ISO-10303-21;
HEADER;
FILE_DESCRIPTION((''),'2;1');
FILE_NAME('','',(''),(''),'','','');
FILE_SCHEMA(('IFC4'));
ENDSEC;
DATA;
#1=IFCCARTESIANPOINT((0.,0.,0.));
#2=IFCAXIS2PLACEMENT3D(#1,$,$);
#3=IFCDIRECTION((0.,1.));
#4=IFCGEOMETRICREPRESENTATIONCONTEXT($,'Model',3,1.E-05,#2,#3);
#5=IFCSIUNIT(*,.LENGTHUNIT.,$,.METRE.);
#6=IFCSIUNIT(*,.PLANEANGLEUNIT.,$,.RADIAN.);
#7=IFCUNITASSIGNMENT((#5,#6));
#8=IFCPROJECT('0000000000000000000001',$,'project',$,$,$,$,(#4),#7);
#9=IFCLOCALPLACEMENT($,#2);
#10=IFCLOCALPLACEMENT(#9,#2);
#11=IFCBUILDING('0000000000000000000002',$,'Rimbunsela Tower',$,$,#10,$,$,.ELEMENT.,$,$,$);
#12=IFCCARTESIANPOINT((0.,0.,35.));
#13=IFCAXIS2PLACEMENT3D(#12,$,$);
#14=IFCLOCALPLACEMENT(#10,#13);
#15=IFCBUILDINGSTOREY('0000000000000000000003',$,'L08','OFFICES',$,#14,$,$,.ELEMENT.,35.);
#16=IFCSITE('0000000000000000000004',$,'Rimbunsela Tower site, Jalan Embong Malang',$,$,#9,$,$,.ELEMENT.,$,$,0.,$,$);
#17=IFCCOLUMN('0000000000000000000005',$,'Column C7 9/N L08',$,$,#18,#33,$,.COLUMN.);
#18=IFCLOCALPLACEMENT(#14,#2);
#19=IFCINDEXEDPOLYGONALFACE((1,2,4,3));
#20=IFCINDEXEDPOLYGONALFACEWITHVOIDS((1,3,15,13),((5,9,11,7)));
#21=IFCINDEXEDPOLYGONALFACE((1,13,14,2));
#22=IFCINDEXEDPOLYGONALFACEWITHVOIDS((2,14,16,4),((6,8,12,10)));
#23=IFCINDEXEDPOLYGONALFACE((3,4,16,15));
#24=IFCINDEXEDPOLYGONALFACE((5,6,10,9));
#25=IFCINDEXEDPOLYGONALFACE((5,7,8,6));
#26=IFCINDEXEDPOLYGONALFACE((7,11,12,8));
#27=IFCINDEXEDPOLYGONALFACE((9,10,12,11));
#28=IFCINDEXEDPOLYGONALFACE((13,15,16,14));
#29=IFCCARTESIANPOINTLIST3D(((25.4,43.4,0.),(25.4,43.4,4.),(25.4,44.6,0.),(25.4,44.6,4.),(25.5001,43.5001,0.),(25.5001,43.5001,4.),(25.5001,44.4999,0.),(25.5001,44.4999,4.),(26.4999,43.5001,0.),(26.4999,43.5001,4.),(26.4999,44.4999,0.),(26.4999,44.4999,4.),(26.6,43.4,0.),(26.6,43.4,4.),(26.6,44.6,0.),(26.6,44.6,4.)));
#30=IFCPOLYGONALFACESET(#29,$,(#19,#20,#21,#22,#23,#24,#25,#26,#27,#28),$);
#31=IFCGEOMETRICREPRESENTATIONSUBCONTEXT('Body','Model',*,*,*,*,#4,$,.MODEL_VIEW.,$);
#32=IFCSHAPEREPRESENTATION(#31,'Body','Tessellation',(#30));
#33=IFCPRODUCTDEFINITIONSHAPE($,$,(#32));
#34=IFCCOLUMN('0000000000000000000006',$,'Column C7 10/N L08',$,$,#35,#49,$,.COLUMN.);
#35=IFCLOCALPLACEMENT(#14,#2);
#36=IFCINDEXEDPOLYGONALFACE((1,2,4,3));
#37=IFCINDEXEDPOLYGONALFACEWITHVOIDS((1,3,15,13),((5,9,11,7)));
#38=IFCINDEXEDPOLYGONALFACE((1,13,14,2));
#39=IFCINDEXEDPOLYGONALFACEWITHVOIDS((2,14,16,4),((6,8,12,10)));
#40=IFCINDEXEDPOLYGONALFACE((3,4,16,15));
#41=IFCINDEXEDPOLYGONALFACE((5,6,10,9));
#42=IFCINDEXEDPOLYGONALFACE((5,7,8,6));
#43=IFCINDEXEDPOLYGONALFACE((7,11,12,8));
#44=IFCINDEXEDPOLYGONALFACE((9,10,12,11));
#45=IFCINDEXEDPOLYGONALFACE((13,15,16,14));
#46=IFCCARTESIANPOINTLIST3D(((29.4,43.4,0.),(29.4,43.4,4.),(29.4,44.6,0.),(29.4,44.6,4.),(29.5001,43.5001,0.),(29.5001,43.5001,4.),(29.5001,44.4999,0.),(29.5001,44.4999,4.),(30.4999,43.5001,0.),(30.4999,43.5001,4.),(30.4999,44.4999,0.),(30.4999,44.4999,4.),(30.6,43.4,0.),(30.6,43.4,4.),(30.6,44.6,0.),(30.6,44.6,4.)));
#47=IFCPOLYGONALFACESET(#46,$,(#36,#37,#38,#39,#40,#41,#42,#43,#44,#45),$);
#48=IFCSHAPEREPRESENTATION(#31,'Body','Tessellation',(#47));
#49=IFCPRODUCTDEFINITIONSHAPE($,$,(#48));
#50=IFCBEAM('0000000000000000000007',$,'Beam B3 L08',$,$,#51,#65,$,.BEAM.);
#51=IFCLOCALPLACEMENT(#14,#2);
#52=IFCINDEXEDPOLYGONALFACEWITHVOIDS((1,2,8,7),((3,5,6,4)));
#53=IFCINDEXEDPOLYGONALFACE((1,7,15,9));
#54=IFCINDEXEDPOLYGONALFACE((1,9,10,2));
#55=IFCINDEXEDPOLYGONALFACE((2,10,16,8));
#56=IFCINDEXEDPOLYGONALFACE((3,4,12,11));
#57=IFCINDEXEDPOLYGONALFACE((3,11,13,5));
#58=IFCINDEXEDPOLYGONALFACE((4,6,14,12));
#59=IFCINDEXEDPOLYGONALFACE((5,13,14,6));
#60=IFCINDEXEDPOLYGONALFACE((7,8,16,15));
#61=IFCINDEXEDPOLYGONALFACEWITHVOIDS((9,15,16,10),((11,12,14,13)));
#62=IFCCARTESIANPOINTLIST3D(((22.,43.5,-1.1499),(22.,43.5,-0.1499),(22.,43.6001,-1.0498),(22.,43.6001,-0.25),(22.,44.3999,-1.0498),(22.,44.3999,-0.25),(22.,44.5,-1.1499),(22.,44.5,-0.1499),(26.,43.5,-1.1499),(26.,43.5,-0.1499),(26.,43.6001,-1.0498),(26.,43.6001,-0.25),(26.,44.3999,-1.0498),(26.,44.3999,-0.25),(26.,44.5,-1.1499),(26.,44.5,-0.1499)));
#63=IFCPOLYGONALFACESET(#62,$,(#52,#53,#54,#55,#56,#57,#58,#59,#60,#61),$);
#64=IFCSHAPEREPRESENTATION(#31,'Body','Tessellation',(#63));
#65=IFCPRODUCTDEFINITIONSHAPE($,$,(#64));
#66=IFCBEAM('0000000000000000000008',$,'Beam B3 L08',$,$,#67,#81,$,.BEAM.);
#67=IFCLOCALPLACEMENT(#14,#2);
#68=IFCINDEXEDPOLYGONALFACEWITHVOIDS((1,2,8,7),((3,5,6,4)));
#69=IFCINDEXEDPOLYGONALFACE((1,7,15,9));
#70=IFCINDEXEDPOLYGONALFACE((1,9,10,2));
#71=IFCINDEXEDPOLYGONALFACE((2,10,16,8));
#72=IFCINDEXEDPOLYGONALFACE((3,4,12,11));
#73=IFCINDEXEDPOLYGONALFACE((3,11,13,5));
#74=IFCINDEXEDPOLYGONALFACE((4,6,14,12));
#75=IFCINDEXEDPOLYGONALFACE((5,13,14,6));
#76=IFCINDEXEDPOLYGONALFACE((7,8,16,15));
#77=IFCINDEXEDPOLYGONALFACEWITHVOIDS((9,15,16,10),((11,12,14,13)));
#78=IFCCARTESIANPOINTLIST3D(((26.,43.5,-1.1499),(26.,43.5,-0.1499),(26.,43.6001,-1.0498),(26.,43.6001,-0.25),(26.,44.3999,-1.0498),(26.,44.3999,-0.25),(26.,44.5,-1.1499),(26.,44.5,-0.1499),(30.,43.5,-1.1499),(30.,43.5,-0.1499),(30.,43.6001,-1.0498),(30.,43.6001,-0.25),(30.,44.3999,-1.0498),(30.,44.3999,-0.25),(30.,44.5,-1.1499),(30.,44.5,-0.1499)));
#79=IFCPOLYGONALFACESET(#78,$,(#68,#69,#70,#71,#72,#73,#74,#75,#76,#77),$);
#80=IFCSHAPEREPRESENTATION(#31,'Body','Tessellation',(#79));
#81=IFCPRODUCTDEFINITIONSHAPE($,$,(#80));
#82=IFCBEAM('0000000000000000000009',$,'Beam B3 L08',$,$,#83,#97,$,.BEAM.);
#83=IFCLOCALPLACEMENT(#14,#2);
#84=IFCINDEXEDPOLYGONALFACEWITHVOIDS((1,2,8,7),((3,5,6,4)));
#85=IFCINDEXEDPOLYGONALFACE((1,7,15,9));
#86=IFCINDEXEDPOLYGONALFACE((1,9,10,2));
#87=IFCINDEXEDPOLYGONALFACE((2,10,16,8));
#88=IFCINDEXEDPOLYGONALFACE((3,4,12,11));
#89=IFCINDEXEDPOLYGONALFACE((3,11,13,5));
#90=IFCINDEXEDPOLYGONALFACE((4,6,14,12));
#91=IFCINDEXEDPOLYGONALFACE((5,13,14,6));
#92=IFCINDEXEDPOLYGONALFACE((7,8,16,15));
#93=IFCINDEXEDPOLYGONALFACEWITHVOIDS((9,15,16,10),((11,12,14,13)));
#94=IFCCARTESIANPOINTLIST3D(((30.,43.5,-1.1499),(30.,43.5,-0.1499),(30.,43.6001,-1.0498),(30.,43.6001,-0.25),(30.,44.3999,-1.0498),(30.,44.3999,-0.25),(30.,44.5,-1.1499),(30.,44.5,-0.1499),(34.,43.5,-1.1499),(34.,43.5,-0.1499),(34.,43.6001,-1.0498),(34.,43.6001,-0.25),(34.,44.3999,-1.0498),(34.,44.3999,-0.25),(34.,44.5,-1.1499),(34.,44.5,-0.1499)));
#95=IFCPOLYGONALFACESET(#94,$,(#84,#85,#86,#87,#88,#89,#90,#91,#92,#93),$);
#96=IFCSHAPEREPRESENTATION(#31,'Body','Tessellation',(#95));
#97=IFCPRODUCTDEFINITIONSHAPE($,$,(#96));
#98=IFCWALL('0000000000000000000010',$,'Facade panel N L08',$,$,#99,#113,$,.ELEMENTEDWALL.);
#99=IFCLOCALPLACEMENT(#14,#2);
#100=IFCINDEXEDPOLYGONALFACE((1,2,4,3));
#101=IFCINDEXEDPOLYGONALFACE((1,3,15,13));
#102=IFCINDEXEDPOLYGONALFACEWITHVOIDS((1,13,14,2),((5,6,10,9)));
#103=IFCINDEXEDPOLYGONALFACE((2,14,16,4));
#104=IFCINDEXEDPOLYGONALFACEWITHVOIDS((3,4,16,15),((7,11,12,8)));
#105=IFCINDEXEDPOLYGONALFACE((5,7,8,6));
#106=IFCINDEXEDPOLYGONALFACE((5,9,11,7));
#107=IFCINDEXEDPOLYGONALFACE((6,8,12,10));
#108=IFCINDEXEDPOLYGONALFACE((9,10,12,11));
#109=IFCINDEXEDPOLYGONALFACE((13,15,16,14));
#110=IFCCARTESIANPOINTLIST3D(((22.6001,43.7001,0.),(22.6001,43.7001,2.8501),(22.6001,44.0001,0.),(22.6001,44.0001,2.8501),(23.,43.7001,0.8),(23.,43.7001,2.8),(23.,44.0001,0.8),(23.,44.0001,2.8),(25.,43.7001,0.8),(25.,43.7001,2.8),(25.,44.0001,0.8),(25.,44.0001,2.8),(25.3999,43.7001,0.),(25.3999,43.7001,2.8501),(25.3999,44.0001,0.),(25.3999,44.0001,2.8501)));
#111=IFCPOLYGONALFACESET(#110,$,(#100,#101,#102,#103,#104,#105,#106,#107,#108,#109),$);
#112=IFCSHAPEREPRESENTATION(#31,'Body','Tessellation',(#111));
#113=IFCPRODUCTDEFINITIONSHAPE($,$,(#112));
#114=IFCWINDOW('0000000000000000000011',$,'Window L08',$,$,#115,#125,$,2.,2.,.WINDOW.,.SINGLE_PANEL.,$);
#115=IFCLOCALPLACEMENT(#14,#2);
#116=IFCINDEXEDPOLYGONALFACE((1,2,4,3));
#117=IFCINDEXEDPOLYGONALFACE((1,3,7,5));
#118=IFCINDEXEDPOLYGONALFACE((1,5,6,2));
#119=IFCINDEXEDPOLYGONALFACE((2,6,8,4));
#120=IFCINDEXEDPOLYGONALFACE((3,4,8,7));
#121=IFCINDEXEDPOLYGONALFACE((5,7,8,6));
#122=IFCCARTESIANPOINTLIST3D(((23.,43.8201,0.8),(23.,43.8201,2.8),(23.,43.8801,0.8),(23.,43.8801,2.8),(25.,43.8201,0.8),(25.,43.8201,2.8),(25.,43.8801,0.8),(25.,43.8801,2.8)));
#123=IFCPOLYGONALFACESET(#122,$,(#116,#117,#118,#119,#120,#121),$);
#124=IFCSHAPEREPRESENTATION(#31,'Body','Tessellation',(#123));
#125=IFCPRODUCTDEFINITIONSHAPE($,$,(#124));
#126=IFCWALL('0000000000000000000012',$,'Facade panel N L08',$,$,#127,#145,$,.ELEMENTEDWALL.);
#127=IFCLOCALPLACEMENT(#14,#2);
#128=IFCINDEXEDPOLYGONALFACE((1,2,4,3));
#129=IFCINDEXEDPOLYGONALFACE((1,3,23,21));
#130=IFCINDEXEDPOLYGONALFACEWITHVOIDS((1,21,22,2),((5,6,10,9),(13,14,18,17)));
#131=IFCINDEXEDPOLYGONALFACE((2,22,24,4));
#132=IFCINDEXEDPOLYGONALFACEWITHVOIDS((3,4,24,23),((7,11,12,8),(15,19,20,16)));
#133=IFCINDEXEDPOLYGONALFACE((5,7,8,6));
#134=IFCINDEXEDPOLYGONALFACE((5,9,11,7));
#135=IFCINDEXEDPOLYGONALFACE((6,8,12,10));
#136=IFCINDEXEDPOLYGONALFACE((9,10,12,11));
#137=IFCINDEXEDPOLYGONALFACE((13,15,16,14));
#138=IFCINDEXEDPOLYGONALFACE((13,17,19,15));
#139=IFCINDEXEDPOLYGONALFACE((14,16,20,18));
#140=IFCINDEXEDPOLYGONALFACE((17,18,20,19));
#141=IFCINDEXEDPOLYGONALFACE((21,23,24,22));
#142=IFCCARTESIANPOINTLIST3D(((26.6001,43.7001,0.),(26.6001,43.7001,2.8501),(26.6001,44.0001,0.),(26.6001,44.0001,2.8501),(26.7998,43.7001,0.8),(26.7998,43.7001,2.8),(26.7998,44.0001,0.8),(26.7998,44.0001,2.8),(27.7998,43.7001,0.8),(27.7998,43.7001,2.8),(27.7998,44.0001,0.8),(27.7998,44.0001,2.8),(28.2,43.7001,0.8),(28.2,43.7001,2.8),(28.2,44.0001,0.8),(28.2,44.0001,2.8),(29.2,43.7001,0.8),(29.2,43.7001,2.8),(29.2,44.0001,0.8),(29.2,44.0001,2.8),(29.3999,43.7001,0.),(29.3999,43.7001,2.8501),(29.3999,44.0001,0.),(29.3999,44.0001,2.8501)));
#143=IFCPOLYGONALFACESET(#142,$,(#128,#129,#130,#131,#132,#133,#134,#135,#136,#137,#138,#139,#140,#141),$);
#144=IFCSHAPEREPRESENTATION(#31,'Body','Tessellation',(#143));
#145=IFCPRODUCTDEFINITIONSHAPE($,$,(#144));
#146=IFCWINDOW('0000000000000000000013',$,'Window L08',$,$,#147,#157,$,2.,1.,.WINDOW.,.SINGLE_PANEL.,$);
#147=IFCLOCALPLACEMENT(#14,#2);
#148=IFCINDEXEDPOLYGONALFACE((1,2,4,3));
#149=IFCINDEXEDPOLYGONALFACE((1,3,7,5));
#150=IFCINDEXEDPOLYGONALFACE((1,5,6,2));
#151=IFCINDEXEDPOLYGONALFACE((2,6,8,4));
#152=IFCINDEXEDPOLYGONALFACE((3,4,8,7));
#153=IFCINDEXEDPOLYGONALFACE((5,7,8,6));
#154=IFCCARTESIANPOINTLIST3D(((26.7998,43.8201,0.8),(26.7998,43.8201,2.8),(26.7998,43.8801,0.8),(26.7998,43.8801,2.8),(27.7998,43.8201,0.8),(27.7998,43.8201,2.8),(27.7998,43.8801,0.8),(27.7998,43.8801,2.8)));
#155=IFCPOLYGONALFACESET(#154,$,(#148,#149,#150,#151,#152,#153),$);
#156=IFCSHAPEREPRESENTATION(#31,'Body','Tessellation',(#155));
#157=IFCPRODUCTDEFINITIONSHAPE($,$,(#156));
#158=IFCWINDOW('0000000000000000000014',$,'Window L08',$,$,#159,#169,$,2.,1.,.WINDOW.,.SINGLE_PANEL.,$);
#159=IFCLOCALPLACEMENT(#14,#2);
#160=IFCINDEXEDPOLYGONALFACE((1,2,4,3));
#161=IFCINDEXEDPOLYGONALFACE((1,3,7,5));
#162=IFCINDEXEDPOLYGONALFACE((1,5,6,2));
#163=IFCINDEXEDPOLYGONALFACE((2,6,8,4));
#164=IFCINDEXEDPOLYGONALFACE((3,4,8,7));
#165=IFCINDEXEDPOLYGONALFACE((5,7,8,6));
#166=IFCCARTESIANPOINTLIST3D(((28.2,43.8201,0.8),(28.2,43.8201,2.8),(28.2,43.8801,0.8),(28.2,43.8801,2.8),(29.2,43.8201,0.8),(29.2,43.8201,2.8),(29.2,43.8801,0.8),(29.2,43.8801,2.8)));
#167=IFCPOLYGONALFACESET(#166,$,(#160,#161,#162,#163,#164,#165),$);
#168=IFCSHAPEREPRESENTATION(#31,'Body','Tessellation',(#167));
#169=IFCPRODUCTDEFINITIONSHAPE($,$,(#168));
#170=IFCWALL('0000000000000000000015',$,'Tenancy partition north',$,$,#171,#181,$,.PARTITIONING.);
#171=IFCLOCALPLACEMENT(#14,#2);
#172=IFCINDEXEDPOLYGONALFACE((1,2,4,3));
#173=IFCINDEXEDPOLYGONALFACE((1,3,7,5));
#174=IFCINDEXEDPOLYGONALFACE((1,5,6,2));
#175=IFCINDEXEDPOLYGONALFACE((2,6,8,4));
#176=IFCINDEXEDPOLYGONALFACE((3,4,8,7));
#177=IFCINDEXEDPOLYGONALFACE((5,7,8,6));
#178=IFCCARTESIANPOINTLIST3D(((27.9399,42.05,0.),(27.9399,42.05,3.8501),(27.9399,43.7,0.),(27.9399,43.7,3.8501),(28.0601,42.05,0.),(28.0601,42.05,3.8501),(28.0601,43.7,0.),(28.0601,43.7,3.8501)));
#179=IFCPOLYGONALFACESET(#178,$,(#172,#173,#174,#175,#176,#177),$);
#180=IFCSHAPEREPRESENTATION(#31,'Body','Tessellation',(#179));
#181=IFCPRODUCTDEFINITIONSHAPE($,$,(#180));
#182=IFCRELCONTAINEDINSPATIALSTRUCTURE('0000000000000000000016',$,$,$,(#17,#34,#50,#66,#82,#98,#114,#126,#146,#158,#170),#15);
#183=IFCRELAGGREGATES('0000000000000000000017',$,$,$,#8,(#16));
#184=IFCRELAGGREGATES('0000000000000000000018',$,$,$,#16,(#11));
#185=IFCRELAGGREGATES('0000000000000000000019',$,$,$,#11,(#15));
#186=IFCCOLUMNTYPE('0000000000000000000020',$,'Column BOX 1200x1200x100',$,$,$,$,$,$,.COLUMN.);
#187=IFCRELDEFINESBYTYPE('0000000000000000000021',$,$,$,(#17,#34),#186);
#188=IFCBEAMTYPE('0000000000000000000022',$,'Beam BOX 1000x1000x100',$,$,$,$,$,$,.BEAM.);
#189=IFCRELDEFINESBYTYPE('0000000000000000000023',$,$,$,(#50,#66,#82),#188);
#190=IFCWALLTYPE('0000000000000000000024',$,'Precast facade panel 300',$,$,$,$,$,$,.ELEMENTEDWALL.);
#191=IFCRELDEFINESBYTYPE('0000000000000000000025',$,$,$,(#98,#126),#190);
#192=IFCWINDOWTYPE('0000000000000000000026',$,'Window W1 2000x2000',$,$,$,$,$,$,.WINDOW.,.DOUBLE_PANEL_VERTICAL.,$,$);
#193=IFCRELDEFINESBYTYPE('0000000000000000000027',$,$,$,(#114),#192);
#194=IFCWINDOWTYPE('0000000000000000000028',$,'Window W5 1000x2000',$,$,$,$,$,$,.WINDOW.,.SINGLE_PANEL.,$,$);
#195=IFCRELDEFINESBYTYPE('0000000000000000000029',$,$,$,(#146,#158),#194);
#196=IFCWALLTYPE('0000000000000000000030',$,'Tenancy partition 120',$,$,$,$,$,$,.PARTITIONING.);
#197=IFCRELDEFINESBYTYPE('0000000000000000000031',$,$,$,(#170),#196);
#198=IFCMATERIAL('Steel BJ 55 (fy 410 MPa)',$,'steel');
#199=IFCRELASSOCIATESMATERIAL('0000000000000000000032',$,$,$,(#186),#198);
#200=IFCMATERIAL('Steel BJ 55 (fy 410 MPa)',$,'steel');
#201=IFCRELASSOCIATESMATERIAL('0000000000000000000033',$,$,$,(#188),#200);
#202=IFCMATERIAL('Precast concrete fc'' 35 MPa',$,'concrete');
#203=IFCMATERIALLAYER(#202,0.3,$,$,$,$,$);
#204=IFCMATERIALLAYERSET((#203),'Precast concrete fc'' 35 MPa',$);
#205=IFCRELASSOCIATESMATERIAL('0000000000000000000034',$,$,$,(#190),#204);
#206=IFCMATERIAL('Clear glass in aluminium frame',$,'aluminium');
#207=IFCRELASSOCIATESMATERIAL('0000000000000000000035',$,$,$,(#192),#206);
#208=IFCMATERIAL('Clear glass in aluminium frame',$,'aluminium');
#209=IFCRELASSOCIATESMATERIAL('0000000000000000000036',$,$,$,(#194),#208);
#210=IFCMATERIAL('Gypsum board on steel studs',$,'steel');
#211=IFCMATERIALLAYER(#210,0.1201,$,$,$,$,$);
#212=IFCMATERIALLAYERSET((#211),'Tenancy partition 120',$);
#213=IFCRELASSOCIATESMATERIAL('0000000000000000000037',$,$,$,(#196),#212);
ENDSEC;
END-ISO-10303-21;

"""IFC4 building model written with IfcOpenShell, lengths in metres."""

from ifc_helpers import new_model, si_unit, direction, frame, frame_2d, origin, origin_2d, place, context, subcontext, project, spatial, rectangle, hollow_rectangle, extrude, material, layer, layer_set, material_profile, profile_set, type_object, element, fill, save


model = new_model("IFC4")

# Units and contexts
model_context = context("Model", 3, precision=1e-05, world=origin(), true_north=direction((0.0, 1.0)))
body_context = subcontext(model_context, "Body", "Model", "MODEL_VIEW")
ifc_project = project(units=[si_unit("LENGTHUNIT", "METRE"), si_unit("PLANEANGLEUNIT", "RADIAN")], contexts=[model_context])

# Site, building, storey
site_placement = place(None, origin())
site = spatial("IfcSite", under=ifc_project, at=site_placement, Name="Rimbunsela Tower site, Jalan Embong Malang", CompositionType="ELEMENT", RefElevation=0.0)
building_placement = place(site_placement, origin())
building = spatial("IfcBuilding", under=site, at=building_placement, Name="Rimbunsela Tower", CompositionType="ELEMENT")
storey_placement = place(building_placement, frame((0.0, 0.0, 35.0)))
storey = spatial("IfcBuildingStorey", under=building, at=storey_placement, Name="L08", Description="OFFICES", CompositionType="ELEMENT", Elevation=35.0)

# Columns
ifc_material_1 = material(Name="Steel BJ 55 (fy 410 MPa)", Category="steel")
ifc_material_profile_1 = material_profile(ifc_material_1, hollow_rectangle(XDim=1.2, YDim=1.2, WallThickness=0.1001, at=origin_2d()), Name="BOX 1200x1200x100")
ifc_profile_set_1 = profile_set([ifc_material_profile_1], Name="Steel BJ 55 (fy 410 MPa)")
column_type = type_object("IfcColumnType", Name="Column BOX 1200x1200x100", PredefinedType="COLUMN", material=ifc_profile_set_1)
for number, where, z_axis, x_axis, name in (
    (1, (26.0, 44.0, 0.0), (0.0, 0.0, 1.0), (1.0, 0.0, 0.0), "Column C7 9/N L08"),
    (2, (30.0, 44.0, 0.0), (0.0, 0.0, 1.0), (1.0, 0.0, 0.0), "Column C7 10/N L08"),
):
    element("IfcColumn", number, at=place(storey_placement, frame(where, z_axis=z_axis, x_axis=x_axis)), inside=storey, type_object=column_type, Name=name, PredefinedType="COLUMN", context=body_context, shape_type="SweptSolid", body=[
        extrude(hollow_rectangle(XDim=1.2, YDim=1.2, WallThickness=0.1001, at=origin_2d()), origin(), (0.0, 0.0, 1.0), 4.0),
    ])

# Beams
ifc_material_2 = material(Name="Steel BJ 55 (fy 410 MPa)", Category="steel")
ifc_material_profile_2 = material_profile(ifc_material_2, hollow_rectangle(XDim=1.0, YDim=1.0, WallThickness=0.1001, at=origin_2d()), Name="BOX 1000x1000x100")
ifc_profile_set_2 = profile_set([ifc_material_profile_2], Name="Steel BJ 55 (fy 410 MPa)")
beam_type = type_object("IfcBeamType", Name="Beam BOX 1000x1000x100", PredefinedType="BEAM", material=ifc_profile_set_2)
for number, where, z_axis, x_axis, name in (
    (3, (22.0, 44.0, -0.6499), (1.0, 0.0, 0.0), (0.0, 1.0, 0.0), "Beam B3 L08"),
    (4, (26.0, 44.0, -0.6499), (1.0, 0.0, 0.0), (0.0, 1.0, 0.0), "Beam B3 L08"),
    (5, (30.0, 44.0, -0.6499), (1.0, 0.0, 0.0), (0.0, 1.0, 0.0), "Beam B3 L08"),
):
    element("IfcBeam", number, at=place(storey_placement, frame(where, z_axis=z_axis, x_axis=x_axis)), inside=storey, type_object=beam_type, Name=name, PredefinedType="BEAM", context=body_context, shape_type="SweptSolid", body=[
        extrude(hollow_rectangle(XDim=1.0, YDim=1.0, WallThickness=0.1001, at=origin_2d()), origin(), (0.0, 0.0, 1.0), 4.0),
    ])

# Wall, opening, window
ifc_material_3 = material(Name="Precast concrete fc' 35 MPa", Category="concrete")
ifc_layer_1 = layer(ifc_material_3, 0.3)
ifc_layer_set_1 = layer_set([ifc_layer_1], Name="Precast concrete fc' 35 MPa")
wall_type_1 = type_object("IfcWallType", Name="Precast facade panel 300", PredefinedType="ELEMENTEDWALL", material=ifc_layer_set_1)
wall_1_placement = place(storey_placement, frame((25.3999, 43.8501, 0.0), z_axis=(0.0, 0.0, 1.0), x_axis=(-1.0, 0.0, 0.0)))
wall_1 = element("IfcWall", 6, at=wall_1_placement, inside=storey, type_object=wall_type_1, Name="Facade panel N L08", PredefinedType="ELEMENTEDWALL", context=body_context, shape_type="SweptSolid", body=[
    extrude(rectangle(XDim=2.7998, YDim=0.3, at=frame_2d((1.3999, 0.0))), origin(), (0.0, 0.0, 1.0), 2.8501),
])
opening_1_placement = place(wall_1_placement, frame((0.3999, 0.0, 0.8)))
opening_1 = element("IfcOpeningElement", 7, at=opening_1_placement, cuts=wall_1, PredefinedType="OPENING", context=body_context, shape_type="SweptSolid", body=[
    extrude(rectangle(XDim=2.0, YDim=2.0, at=frame_2d((1.0, 1.0))), frame((0.0, 0.1599, 0.0), z_axis=(0.0, -1.0, 0.0), x_axis=(1.0, 0.0, 0.0)), (0.0, 0.0, 1.0), 0.3201),
])
ifc_material_4 = material(Name="Clear glass in aluminium frame", Category="aluminium")
window_type_1 = type_object("IfcWindowType", Name="Window W1 2000x2000", PartitioningType="DOUBLE_PANEL_VERTICAL", PredefinedType="WINDOW", material=ifc_material_4)
window_1_placement = place(opening_1_placement, origin())
window_1 = element("IfcWindow", 8, at=window_1_placement, inside=storey, type_object=window_type_1, Name="Window L08", OverallHeight=2.0, OverallWidth=2.0, PartitioningType="SINGLE_PANEL", PredefinedType="WINDOW", context=body_context, shape_type="SweptSolid", body=[
    extrude(rectangle(XDim=2.0, YDim=2.0, at=frame_2d((1.0, 1.0))), frame((0.0, 0.03, 0.0), z_axis=(0.0, -1.0, 0.0), x_axis=(1.0, 0.0, 0.0)), (0.0, 0.0, 1.0), 0.0601),
])
fill(opening_1, window_1)

# Wall, openings, windows
wall_2_placement = place(storey_placement, frame((29.3999, 43.8501, 0.0), z_axis=(0.0, 0.0, 1.0), x_axis=(-1.0, 0.0, 0.0)))
wall_2 = element("IfcWall", 9, at=wall_2_placement, inside=storey, type_object=wall_type_1, Name="Facade panel N L08", PredefinedType="ELEMENTEDWALL", context=body_context, shape_type="SweptSolid", body=[
    extrude(rectangle(XDim=2.7998, YDim=0.3, at=frame_2d((1.3999, 0.0))), origin(), (0.0, 0.0, 1.0), 2.8501),
])
opening_2_placement = place(wall_2_placement, frame((1.6001, 0.0, 0.8)))
opening_2 = element("IfcOpeningElement", 10, at=opening_2_placement, cuts=wall_2, PredefinedType="OPENING", context=body_context, shape_type="SweptSolid", body=[
    extrude(rectangle(XDim=1.0, YDim=2.0, at=frame_2d((0.5, 1.0))), frame((0.0, 0.1599, 0.0), z_axis=(0.0, -1.0, 0.0), x_axis=(1.0, 0.0, 0.0)), (0.0, 0.0, 1.0), 0.3201),
])
opening_3_placement = place(wall_2_placement, frame((0.2, 0.0, 0.8)))
opening_3 = element("IfcOpeningElement", 11, at=opening_3_placement, cuts=wall_2, PredefinedType="OPENING", context=body_context, shape_type="SweptSolid", body=[
    extrude(rectangle(XDim=1.0, YDim=2.0, at=frame_2d((0.5, 1.0))), frame((0.0, 0.1599, 0.0), z_axis=(0.0, -1.0, 0.0), x_axis=(1.0, 0.0, 0.0)), (0.0, 0.0, 1.0), 0.3201),
])
ifc_material_5 = material(Name="Clear glass in aluminium frame", Category="aluminium")
window_type_2 = type_object("IfcWindowType", Name="Window W5 1000x2000", PartitioningType="SINGLE_PANEL", PredefinedType="WINDOW", material=ifc_material_5)
window_2_placement = place(opening_2_placement, origin())
window_2 = element("IfcWindow", 12, at=window_2_placement, inside=storey, type_object=window_type_2, Name="Window L08", OverallHeight=2.0, OverallWidth=1.0, PartitioningType="SINGLE_PANEL", PredefinedType="WINDOW", context=body_context, shape_type="SweptSolid", body=[
    extrude(rectangle(XDim=1.0, YDim=2.0, at=frame_2d((0.5, 1.0))), frame((0.0, 0.03, 0.0), z_axis=(0.0, -1.0, 0.0), x_axis=(1.0, 0.0, 0.0)), (0.0, 0.0, 1.0), 0.0601),
])
fill(opening_2, window_2)
window_3_placement = place(opening_3_placement, origin())
window_3 = element("IfcWindow", 13, at=window_3_placement, inside=storey, type_object=window_type_2, Name="Window L08", OverallHeight=2.0, OverallWidth=1.0, PartitioningType="SINGLE_PANEL", PredefinedType="WINDOW", context=body_context, shape_type="SweptSolid", body=[
    extrude(rectangle(XDim=1.0, YDim=2.0, at=frame_2d((0.5, 1.0))), frame((0.0, 0.03, 0.0), z_axis=(0.0, -1.0, 0.0), x_axis=(1.0, 0.0, 0.0)), (0.0, 0.0, 1.0), 0.0601),
])
fill(opening_3, window_3)

# Wall
ifc_material_6 = material(Name="Gypsum board on steel studs", Category="steel")
ifc_layer_2 = layer(ifc_material_6, 0.1201)
ifc_layer_set_2 = layer_set([ifc_layer_2], Name="Tenancy partition 120")
wall_type_2 = type_object("IfcWallType", Name="Tenancy partition 120", PredefinedType="PARTITIONING", material=ifc_layer_set_2)
wall_3_placement = place(storey_placement, frame((28.0, 42.05, 0.0), z_axis=(0.0, 0.0, 1.0), x_axis=(0.0, 1.0, 0.0)))
element("IfcWall", 14, at=wall_3_placement, inside=storey, type_object=wall_type_2, Name="Tenancy partition north", PredefinedType="PARTITIONING", context=body_context, shape_type="SweptSolid", body=[
    extrude(rectangle(XDim=1.6499, YDim=0.1201, at=frame_2d((0.825, 0.0))), origin(), (0.0, 0.0, 1.0), 3.8501),
])

save(model, "model.ifc")
